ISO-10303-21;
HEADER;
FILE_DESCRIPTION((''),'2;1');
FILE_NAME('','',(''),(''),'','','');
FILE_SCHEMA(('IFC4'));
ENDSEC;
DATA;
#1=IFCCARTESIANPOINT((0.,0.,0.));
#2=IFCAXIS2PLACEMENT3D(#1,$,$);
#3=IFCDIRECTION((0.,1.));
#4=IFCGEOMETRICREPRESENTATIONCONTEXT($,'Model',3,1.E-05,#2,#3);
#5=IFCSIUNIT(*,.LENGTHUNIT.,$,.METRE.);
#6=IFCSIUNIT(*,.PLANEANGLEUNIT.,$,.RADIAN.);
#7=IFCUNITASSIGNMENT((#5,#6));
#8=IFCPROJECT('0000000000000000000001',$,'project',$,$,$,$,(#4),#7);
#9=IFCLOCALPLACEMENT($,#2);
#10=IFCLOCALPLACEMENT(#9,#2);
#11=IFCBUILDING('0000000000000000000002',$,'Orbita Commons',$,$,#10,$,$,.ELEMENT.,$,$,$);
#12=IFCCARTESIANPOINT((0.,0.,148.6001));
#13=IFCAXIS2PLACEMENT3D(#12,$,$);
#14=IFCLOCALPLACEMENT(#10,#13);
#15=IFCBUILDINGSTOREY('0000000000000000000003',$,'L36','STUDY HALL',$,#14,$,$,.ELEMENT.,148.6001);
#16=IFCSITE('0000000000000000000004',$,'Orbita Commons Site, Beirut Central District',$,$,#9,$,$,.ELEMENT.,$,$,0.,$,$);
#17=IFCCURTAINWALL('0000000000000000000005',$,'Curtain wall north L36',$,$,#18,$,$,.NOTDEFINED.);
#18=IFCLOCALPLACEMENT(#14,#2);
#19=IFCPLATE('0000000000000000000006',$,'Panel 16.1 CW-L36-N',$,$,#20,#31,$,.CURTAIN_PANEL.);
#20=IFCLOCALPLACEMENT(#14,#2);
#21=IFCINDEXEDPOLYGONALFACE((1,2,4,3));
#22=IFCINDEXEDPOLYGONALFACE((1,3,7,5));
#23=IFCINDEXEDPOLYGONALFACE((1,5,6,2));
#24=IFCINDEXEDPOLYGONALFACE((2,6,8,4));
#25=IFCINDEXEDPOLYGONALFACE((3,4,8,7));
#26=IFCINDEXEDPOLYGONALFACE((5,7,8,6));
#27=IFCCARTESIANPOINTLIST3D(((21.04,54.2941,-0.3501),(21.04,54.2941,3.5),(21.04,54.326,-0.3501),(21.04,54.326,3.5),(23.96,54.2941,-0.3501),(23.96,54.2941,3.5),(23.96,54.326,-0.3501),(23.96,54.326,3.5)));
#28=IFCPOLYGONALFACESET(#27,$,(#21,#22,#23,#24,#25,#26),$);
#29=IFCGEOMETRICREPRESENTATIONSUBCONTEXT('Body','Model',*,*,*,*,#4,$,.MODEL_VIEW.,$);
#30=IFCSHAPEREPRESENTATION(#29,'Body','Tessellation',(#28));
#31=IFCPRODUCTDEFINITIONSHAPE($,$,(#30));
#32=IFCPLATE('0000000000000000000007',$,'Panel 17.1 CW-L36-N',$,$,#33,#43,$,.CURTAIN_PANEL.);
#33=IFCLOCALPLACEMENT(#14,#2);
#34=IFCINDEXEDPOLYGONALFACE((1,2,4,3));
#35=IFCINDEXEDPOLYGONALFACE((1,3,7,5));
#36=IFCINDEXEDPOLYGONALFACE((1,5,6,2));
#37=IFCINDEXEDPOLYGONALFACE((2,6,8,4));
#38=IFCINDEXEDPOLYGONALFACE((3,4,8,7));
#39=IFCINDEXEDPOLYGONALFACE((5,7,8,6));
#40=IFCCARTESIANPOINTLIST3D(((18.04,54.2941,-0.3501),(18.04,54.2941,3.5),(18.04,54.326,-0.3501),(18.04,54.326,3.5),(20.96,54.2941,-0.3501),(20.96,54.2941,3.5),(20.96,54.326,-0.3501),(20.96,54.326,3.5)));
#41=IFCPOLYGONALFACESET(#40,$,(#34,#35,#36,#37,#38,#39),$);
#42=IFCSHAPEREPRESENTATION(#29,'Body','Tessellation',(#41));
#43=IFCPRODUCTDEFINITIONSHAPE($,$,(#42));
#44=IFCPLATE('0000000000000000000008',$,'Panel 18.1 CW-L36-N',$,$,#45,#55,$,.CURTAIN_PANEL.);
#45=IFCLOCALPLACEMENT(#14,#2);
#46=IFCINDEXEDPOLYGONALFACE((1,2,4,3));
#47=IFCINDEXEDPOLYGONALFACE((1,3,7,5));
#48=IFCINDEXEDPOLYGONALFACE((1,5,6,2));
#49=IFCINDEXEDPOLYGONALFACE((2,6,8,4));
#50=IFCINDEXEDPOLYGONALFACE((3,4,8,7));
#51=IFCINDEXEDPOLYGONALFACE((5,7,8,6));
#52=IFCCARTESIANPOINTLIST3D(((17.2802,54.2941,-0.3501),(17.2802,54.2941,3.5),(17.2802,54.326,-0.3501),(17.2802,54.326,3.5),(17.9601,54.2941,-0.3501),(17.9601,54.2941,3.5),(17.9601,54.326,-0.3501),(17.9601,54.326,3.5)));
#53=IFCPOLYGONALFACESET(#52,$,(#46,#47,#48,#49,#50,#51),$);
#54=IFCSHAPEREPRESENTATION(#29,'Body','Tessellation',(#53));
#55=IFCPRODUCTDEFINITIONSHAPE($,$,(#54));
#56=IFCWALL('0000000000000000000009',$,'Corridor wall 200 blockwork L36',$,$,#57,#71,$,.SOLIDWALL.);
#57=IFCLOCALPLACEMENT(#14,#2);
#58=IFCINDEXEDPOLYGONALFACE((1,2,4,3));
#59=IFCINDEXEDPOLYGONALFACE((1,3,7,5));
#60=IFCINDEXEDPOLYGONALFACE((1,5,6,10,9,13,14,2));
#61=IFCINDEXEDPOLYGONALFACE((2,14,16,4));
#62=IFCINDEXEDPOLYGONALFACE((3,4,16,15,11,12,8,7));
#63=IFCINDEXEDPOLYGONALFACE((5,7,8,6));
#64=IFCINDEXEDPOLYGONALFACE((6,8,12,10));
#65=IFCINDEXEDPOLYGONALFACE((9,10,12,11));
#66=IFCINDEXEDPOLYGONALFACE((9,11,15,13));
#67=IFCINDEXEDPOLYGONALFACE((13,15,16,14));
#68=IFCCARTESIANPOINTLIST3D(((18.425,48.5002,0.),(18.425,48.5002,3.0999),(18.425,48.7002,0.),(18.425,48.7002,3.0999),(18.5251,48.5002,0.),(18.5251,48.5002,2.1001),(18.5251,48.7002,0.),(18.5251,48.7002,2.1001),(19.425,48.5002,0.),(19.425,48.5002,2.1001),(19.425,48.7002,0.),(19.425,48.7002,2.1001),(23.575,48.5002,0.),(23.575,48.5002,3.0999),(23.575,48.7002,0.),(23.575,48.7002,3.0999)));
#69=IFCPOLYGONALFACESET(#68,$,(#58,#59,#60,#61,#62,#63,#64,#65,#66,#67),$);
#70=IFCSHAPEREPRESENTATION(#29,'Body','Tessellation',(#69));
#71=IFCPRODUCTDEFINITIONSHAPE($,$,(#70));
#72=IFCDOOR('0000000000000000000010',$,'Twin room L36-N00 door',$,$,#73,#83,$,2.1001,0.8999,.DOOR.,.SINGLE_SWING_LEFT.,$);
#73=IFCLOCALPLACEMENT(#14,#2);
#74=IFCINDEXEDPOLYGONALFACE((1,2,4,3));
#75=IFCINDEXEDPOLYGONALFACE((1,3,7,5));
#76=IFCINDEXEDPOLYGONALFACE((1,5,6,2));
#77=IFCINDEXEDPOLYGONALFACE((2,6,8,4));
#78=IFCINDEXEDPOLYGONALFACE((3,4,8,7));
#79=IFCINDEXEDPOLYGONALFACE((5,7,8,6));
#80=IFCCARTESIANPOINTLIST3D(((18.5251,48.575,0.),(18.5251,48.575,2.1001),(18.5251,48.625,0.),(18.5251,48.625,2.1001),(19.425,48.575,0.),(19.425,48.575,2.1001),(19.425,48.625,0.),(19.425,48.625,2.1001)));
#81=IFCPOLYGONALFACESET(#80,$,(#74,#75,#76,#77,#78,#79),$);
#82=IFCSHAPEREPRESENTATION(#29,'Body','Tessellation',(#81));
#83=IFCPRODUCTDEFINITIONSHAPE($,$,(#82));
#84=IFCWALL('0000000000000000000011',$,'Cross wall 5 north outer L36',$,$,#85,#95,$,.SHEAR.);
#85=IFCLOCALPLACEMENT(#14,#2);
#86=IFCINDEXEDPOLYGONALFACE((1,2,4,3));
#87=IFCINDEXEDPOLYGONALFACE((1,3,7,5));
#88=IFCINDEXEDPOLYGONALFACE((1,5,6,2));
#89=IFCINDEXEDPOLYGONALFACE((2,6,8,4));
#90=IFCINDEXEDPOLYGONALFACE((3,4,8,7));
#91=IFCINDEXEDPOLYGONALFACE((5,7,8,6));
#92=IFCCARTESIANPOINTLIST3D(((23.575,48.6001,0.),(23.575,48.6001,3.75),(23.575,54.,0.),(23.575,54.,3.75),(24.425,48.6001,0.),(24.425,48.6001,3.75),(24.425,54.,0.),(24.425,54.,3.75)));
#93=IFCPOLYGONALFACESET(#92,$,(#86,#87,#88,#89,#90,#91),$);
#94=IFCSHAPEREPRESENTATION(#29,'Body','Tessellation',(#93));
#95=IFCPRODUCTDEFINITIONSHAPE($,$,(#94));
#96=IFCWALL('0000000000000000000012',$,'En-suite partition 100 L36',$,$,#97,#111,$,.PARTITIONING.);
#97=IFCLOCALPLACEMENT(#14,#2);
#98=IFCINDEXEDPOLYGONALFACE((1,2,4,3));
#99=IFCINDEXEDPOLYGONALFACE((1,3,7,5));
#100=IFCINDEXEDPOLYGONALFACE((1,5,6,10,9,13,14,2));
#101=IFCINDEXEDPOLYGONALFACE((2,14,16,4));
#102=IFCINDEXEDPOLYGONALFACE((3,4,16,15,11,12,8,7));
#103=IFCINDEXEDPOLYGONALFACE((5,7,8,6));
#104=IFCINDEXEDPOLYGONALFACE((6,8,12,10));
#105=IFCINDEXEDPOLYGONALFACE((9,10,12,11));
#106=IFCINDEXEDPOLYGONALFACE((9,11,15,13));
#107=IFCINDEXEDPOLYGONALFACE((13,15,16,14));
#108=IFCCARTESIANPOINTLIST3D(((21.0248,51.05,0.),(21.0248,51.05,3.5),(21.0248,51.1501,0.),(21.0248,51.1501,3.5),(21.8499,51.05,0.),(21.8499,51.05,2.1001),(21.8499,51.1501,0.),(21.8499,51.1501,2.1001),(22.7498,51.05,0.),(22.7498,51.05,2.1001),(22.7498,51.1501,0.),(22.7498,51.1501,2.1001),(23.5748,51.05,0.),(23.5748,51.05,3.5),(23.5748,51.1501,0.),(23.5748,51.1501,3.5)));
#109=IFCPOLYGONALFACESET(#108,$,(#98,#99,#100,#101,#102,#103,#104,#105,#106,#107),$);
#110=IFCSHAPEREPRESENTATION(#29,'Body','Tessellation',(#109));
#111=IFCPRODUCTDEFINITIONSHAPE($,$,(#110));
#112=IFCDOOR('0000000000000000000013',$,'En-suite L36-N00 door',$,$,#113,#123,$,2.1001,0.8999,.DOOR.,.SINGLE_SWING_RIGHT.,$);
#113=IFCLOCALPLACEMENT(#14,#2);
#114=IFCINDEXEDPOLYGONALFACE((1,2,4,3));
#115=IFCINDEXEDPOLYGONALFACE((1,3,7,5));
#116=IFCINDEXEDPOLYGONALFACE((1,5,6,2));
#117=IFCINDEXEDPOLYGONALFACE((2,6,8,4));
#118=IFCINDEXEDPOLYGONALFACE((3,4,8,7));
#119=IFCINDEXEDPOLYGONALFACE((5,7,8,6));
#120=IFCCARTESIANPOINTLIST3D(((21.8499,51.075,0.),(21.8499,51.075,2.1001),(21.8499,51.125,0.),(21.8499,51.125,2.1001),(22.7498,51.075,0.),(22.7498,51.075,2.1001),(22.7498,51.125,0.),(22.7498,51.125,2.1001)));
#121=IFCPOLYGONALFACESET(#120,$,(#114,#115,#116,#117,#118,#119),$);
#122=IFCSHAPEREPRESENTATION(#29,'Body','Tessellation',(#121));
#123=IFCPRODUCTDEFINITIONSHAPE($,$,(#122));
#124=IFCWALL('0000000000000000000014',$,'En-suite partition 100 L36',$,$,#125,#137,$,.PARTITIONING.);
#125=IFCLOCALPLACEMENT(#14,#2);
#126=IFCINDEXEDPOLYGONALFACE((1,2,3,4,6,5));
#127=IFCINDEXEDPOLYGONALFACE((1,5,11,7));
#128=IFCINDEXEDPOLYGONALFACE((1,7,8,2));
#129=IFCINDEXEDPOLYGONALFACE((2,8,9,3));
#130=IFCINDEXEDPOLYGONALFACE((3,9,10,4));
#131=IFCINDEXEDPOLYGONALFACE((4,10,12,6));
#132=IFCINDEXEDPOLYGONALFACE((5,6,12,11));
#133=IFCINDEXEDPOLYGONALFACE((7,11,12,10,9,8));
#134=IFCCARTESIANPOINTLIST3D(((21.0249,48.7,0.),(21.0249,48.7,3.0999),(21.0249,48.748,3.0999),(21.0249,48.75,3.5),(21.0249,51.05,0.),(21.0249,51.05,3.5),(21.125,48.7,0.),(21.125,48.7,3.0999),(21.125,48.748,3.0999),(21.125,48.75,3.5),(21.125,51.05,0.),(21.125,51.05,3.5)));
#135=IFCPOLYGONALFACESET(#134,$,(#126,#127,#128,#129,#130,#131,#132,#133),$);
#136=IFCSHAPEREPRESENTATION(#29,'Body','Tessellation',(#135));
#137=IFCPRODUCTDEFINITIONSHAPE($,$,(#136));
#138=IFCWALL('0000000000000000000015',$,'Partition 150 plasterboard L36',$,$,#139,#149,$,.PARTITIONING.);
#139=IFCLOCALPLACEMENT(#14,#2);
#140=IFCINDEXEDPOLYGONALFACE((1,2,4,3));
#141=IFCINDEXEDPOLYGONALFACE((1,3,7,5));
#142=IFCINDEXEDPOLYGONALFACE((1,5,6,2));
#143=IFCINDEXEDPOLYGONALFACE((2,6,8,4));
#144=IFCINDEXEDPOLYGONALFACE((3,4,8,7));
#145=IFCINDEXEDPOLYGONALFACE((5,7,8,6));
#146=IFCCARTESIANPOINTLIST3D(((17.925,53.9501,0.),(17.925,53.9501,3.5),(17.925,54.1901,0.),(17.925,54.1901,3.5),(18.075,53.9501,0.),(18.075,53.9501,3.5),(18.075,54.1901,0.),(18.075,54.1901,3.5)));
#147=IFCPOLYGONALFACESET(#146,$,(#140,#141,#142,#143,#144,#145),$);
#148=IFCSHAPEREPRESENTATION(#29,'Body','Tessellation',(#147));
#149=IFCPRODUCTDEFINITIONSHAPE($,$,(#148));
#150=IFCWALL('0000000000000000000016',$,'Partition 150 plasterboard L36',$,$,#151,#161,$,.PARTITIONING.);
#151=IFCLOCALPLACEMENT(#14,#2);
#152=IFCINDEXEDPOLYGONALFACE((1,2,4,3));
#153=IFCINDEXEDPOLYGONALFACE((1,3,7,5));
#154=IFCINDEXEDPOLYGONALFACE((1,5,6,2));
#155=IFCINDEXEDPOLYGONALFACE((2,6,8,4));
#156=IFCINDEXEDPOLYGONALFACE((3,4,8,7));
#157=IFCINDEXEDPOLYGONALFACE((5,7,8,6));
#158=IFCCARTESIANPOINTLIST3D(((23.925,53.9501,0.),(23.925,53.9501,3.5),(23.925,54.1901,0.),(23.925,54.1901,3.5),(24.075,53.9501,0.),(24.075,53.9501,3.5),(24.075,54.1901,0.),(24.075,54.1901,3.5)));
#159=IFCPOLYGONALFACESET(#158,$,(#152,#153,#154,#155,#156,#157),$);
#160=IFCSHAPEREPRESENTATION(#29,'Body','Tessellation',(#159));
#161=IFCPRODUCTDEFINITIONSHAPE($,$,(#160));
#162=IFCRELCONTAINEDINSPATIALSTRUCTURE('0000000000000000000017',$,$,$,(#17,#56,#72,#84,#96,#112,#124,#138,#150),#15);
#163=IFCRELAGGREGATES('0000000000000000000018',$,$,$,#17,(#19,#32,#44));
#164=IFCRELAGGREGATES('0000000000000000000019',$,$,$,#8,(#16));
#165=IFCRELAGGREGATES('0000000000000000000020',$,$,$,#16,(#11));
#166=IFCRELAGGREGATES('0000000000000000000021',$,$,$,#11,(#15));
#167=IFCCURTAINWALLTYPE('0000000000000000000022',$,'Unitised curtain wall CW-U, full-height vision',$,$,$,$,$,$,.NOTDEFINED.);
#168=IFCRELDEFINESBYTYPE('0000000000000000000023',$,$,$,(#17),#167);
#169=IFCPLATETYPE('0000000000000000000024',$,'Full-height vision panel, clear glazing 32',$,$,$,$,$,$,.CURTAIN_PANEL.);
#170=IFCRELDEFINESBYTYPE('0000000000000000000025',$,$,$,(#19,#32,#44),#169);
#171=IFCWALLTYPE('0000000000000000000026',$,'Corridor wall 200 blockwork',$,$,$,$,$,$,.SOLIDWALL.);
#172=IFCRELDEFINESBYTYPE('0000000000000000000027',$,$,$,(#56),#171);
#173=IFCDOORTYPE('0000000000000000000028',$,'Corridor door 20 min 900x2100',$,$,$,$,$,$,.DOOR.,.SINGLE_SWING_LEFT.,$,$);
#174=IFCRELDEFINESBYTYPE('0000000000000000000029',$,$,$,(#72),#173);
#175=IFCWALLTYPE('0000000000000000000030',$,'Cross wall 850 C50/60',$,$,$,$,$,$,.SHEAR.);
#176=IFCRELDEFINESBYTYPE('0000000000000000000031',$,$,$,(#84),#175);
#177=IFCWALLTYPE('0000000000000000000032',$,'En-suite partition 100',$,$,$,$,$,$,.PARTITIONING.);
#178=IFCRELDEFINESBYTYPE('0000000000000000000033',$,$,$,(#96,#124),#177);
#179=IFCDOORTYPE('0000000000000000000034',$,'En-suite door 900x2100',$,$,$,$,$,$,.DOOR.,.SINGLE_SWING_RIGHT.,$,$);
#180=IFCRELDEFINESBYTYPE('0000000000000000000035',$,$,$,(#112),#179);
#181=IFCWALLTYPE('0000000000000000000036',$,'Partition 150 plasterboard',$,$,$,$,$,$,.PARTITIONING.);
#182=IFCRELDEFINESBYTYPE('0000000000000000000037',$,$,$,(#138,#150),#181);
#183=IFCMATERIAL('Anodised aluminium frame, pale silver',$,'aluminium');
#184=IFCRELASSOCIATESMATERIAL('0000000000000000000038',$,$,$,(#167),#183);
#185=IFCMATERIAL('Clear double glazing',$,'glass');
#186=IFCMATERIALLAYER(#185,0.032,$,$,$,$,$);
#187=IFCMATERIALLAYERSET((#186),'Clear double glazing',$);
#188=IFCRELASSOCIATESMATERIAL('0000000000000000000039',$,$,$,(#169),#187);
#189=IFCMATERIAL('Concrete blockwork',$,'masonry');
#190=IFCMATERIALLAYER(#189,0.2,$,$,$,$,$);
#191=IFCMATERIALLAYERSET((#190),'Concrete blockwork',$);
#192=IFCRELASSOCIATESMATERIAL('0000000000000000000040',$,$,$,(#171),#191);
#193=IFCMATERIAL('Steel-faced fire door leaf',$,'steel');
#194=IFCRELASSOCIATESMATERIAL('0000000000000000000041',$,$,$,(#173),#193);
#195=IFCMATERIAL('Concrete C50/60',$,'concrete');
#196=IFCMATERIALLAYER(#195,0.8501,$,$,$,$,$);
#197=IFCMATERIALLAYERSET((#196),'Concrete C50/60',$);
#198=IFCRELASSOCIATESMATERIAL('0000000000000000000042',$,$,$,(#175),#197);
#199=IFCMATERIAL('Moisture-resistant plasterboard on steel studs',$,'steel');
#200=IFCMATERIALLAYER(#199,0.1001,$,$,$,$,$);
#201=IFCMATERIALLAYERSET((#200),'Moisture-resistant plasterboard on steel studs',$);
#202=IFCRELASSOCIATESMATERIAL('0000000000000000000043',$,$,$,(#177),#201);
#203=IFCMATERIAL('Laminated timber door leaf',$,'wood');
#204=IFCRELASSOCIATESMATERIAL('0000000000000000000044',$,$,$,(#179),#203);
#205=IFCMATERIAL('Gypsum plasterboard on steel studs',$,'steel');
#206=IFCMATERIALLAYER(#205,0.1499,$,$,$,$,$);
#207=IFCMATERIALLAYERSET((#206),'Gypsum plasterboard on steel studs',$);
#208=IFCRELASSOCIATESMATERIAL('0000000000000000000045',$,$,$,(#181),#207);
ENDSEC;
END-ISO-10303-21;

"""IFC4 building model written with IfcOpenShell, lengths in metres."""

from ifc_helpers import new_model, si_unit, direction, frame, frame_2d, origin, origin_2d, place, context, subcontext, project, spatial, polyline, rectangle, outline, extrude, material, layer, layer_set, type_object, element, fill, aggregate, save


model = new_model("IFC4")

# Units and contexts
model_context = context("Model", 3, precision=1e-05, world=origin(), true_north=direction((0.0, 1.0)))
body_context = subcontext(model_context, "Body", "Model", "MODEL_VIEW")
ifc_project = project(units=[si_unit("LENGTHUNIT", "METRE"), si_unit("PLANEANGLEUNIT", "RADIAN")], contexts=[model_context])

# Site, building, storey
site_placement = place(None, origin())
site = spatial("IfcSite", under=ifc_project, at=site_placement, Name="Orbita Commons Site, Beirut Central District", CompositionType="ELEMENT", RefElevation=0.0)
building_placement = place(site_placement, origin())
building = spatial("IfcBuilding", under=site, at=building_placement, Name="Orbita Commons", CompositionType="ELEMENT")
storey_placement = place(building_placement, frame((0.0, 0.0, 148.6001)))
storey = spatial("IfcBuildingStorey", under=building, at=storey_placement, Name="L36", Description="STUDY HALL", CompositionType="ELEMENT", Elevation=148.6001)

# Curtain wall
ifc_material_1 = material(Name="Anodised aluminium frame, pale silver", Category="aluminium")
curtain_wall_type = type_object("IfcCurtainWallType", Name="Unitised curtain wall CW-U, full-height vision", PredefinedType="NOTDEFINED", material=ifc_material_1)
curtain_wall_placement = place(storey_placement, origin())
curtain_wall = element("IfcCurtainWall", 1, at=curtain_wall_placement, inside=storey, type_object=curtain_wall_type, Name="Curtain wall north L36", PredefinedType="NOTDEFINED")

# Plates
ifc_material_2 = material(Name="Clear double glazing", Category="glass")
ifc_layer_1 = layer(ifc_material_2, 0.032)
ifc_layer_set_1 = layer_set([ifc_layer_1], Name="Clear double glazing")
plate_type = type_object("IfcPlateType", Name="Full-height vision panel, clear glazing 32", PredefinedType="CURTAIN_PANEL", material=ifc_layer_set_1)
plate_1_placement = place(storey_placement, frame((22.5, 54.3101, -0.3501), z_axis=(0.0, 0.0, 1.0), x_axis=(-1.0, 0.0, 0.0)))
plate_1 = element("IfcPlate", 2, at=plate_1_placement, type_object=plate_type, Name="Panel 16.1 CW-L36-N", PredefinedType="CURTAIN_PANEL", context=body_context, shape_type="SweptSolid", body=[
    extrude(rectangle(XDim=2.9199, YDim=0.032, at=origin_2d()), origin(), (0.0, 0.0, 1.0), 3.8501),
])
plate_2_placement = place(storey_placement, frame((19.5, 54.3101, -0.3501), z_axis=(0.0, 0.0, 1.0), x_axis=(-1.0, 0.0, 0.0)))
plate_2 = element("IfcPlate", 3, at=plate_2_placement, type_object=plate_type, Name="Panel 17.1 CW-L36-N", PredefinedType="CURTAIN_PANEL", context=body_context, shape_type="SweptSolid", body=[
    extrude(rectangle(XDim=2.9199, YDim=0.032, at=origin_2d()), origin(), (0.0, 0.0, 1.0), 3.8501),
])
plate_3_placement = place(storey_placement, frame((17.6201, 54.3101, -0.3501), z_axis=(0.0, 0.0, 1.0), x_axis=(-1.0, 0.0, 0.0)))
plate_3 = element("IfcPlate", 4, at=plate_3_placement, type_object=plate_type, Name="Panel 18.1 CW-L36-N", PredefinedType="CURTAIN_PANEL", context=body_context, shape_type="SweptSolid", body=[
    extrude(rectangle(XDim=0.6799, YDim=0.032, at=origin_2d()), origin(), (0.0, 0.0, 1.0), 3.8501),
])
aggregate(curtain_wall, [plate_1, plate_2, plate_3])

# Wall, opening, door
ifc_material_3 = material(Name="Concrete blockwork", Category="masonry")
ifc_layer_2 = layer(ifc_material_3, 0.2)
ifc_layer_set_2 = layer_set([ifc_layer_2], Name="Concrete blockwork")
wall_type_1 = type_object("IfcWallType", Name="Corridor wall 200 blockwork", PredefinedType="SOLIDWALL", material=ifc_layer_set_2)
wall_1_placement = place(storey_placement, frame((18.425, 48.6001, 0.0), z_axis=(0.0, 0.0, 1.0), x_axis=(1.0, 0.0, 0.0)))
wall_1 = element("IfcWall", 5, at=wall_1_placement, inside=storey, type_object=wall_type_1, Name="Corridor wall 200 blockwork L36", PredefinedType="SOLIDWALL", context=body_context, shape_type="SweptSolid", body=[
    extrude(outline(polyline([(0.0, 0.0), (5.1499, 0.0), (5.1499, 3.0999), (0.0, 3.0999), (0.0, 0.0)])), frame((0.0, 0.1001, 0.0), z_axis=(0.0, -1.0, 0.0), x_axis=(1.0, 0.0, 0.0)), (0.0, 0.0, 1.0), 0.2),
])
opening_1_placement = place(wall_1_placement, frame((0.1001, 0.0, 0.0)))
opening_1 = element("IfcOpeningElement", 6, at=opening_1_placement, cuts=wall_1, PredefinedType="OPENING", context=body_context, shape_type="SweptSolid", body=[
    extrude(rectangle(XDim=0.8999, YDim=2.1001, at=frame_2d((0.45, 1.05))), frame((0.0, 0.1099, 0.0), z_axis=(0.0, -1.0, 0.0), x_axis=(1.0, 0.0, 0.0)), (0.0, 0.0, 1.0), 0.22),
])
ifc_material_4 = material(Name="Steel-faced fire door leaf", Category="steel")
door_type_1 = type_object("IfcDoorType", Name="Corridor door 20 min 900x2100", OperationType="SINGLE_SWING_LEFT", PredefinedType="DOOR", material=ifc_material_4)
door_1_placement = place(opening_1_placement, origin())
door_1 = element("IfcDoor", 7, at=door_1_placement, inside=storey, type_object=door_type_1, Name="Twin room L36-N00 door", OperationType="SINGLE_SWING_LEFT", OverallHeight=2.1001, OverallWidth=0.8999, PredefinedType="DOOR", context=body_context, shape_type="SweptSolid", body=[
    extrude(rectangle(XDim=0.8999, YDim=2.1001, at=frame_2d((0.45, 1.05))), frame((0.0, 0.0249, 0.0), z_axis=(0.0, -1.0, 0.0), x_axis=(1.0, 0.0, 0.0)), (0.0, 0.0, 1.0), 0.05),
])
fill(opening_1, door_1)

# Wall
ifc_material_5 = material(Name="Concrete C50/60", Category="concrete")
ifc_layer_3 = layer(ifc_material_5, 0.8501)
ifc_layer_set_3 = layer_set([ifc_layer_3], Name="Concrete C50/60")
wall_type_2 = type_object("IfcWallType", Name="Cross wall 850 C50/60", PredefinedType="SHEAR", material=ifc_layer_set_3)
wall_2_placement = place(storey_placement, frame((24.0, 48.6001, 0.0), z_axis=(0.0, 0.0, 1.0), x_axis=(0.0, 1.0, 0.0)))
element("IfcWall", 8, at=wall_2_placement, inside=storey, type_object=wall_type_2, Name="Cross wall 5 north outer L36", PredefinedType="SHEAR", context=body_context, shape_type="SweptSolid", body=[
    extrude(rectangle(XDim=5.3999, YDim=0.8501, at=frame_2d((2.7, 0.0))), origin(), (0.0, 0.0, 1.0), 3.75),
])

# Wall, opening, door
ifc_material_6 = material(Name="Moisture-resistant plasterboard on steel studs", Category="steel")
ifc_layer_4 = layer(ifc_material_6, 0.1001)
ifc_layer_set_4 = layer_set([ifc_layer_4], Name="Moisture-resistant plasterboard on steel studs")
wall_type_3 = type_object("IfcWallType", Name="En-suite partition 100", PredefinedType="PARTITIONING", material=ifc_layer_set_4)
wall_3_placement = place(storey_placement, frame((21.0249, 51.1001, 0.0), z_axis=(0.0, 0.0, 1.0), x_axis=(1.0, 0.0, 0.0)))
wall_3 = element("IfcWall", 9, at=wall_3_placement, inside=storey, type_object=wall_type_3, Name="En-suite partition 100 L36", PredefinedType="PARTITIONING", context=body_context, shape_type="SweptSolid", body=[
    extrude(rectangle(XDim=2.55, YDim=0.1001, at=frame_2d((1.2749, 0.0))), origin(), (0.0, 0.0, 1.0), 3.5),
])
opening_2_placement = place(wall_3_placement, frame((0.825, 0.0, 0.0)))
opening_2 = element("IfcOpeningElement", 10, at=opening_2_placement, cuts=wall_3, PredefinedType="OPENING", context=body_context, shape_type="SweptSolid", body=[
    extrude(rectangle(XDim=0.8999, YDim=2.1001, at=frame_2d((0.45, 1.05))), frame((0.0, 0.0601, 0.0), z_axis=(0.0, -1.0, 0.0), x_axis=(1.0, 0.0, 0.0)), (0.0, 0.0, 1.0), 0.1201),
])
ifc_material_7 = material(Name="Laminated timber door leaf", Category="wood")
door_type_2 = type_object("IfcDoorType", Name="En-suite door 900x2100", OperationType="SINGLE_SWING_RIGHT", PredefinedType="DOOR", material=ifc_material_7)
door_2_placement = place(opening_2_placement, origin())
door_2 = element("IfcDoor", 11, at=door_2_placement, inside=storey, type_object=door_type_2, Name="En-suite L36-N00 door", OperationType="SINGLE_SWING_RIGHT", OverallHeight=2.1001, OverallWidth=0.8999, PredefinedType="DOOR", context=body_context, shape_type="SweptSolid", body=[
    extrude(rectangle(XDim=0.8999, YDim=2.1001, at=frame_2d((0.45, 1.05))), frame((0.0, 0.0249, 0.0), z_axis=(0.0, -1.0, 0.0), x_axis=(1.0, 0.0, 0.0)), (0.0, 0.0, 1.0), 0.05),
])
fill(opening_2, door_2)

# Walls
wall_4_placement = place(storey_placement, frame((21.075, 51.05, 0.0), z_axis=(0.0, 0.0, 1.0), x_axis=(0.0, -1.0, 0.0)))
element("IfcWall", 12, at=wall_4_placement, inside=storey, type_object=wall_type_3, Name="En-suite partition 100 L36", PredefinedType="PARTITIONING", context=body_context, shape_type="SweptSolid", body=[
    extrude(outline(polyline([(0.0, 0.0), (2.3501, 0.0), (2.3501, 3.0999), (2.302, 3.0999), (2.3, 3.5), (0.0, 3.5), (0.0, 0.0)])), frame((0.0, 0.05, 0.0), z_axis=(0.0, -1.0, 0.0), x_axis=(1.0, 0.0, 0.0)), (0.0, 0.0, 1.0), 0.1001),
])
ifc_material_8 = material(Name="Gypsum plasterboard on steel studs", Category="steel")
ifc_layer_5 = layer(ifc_material_8, 0.1499)
ifc_layer_set_5 = layer_set([ifc_layer_5], Name="Gypsum plasterboard on steel studs")
wall_type_4 = type_object("IfcWallType", Name="Partition 150 plasterboard", PredefinedType="PARTITIONING", material=ifc_layer_set_5)
for number, where, z_axis, x_axis, name in (
    (13, (18.0, 53.95, 0.0), (0.0, 0.0, 1.0), (0.0, 1.0, 0.0), "Partition 150 plasterboard L36"),
    (14, (24.0, 53.95, 0.0), (0.0, 0.0, 1.0), (0.0, 1.0, 0.0), "Partition 150 plasterboard L36"),
):
    element("IfcWall", number, at=place(storey_placement, frame(where, z_axis=z_axis, x_axis=x_axis)), inside=storey, type_object=wall_type_4, Name=name, PredefinedType="PARTITIONING", context=body_context, shape_type="SweptSolid", body=[
        extrude(rectangle(XDim=0.24, YDim=0.1499, at=frame_2d((0.1201, 0.0))), origin(), (0.0, 0.0, 1.0), 3.5),
    ])

save(model, "model.ifc")
